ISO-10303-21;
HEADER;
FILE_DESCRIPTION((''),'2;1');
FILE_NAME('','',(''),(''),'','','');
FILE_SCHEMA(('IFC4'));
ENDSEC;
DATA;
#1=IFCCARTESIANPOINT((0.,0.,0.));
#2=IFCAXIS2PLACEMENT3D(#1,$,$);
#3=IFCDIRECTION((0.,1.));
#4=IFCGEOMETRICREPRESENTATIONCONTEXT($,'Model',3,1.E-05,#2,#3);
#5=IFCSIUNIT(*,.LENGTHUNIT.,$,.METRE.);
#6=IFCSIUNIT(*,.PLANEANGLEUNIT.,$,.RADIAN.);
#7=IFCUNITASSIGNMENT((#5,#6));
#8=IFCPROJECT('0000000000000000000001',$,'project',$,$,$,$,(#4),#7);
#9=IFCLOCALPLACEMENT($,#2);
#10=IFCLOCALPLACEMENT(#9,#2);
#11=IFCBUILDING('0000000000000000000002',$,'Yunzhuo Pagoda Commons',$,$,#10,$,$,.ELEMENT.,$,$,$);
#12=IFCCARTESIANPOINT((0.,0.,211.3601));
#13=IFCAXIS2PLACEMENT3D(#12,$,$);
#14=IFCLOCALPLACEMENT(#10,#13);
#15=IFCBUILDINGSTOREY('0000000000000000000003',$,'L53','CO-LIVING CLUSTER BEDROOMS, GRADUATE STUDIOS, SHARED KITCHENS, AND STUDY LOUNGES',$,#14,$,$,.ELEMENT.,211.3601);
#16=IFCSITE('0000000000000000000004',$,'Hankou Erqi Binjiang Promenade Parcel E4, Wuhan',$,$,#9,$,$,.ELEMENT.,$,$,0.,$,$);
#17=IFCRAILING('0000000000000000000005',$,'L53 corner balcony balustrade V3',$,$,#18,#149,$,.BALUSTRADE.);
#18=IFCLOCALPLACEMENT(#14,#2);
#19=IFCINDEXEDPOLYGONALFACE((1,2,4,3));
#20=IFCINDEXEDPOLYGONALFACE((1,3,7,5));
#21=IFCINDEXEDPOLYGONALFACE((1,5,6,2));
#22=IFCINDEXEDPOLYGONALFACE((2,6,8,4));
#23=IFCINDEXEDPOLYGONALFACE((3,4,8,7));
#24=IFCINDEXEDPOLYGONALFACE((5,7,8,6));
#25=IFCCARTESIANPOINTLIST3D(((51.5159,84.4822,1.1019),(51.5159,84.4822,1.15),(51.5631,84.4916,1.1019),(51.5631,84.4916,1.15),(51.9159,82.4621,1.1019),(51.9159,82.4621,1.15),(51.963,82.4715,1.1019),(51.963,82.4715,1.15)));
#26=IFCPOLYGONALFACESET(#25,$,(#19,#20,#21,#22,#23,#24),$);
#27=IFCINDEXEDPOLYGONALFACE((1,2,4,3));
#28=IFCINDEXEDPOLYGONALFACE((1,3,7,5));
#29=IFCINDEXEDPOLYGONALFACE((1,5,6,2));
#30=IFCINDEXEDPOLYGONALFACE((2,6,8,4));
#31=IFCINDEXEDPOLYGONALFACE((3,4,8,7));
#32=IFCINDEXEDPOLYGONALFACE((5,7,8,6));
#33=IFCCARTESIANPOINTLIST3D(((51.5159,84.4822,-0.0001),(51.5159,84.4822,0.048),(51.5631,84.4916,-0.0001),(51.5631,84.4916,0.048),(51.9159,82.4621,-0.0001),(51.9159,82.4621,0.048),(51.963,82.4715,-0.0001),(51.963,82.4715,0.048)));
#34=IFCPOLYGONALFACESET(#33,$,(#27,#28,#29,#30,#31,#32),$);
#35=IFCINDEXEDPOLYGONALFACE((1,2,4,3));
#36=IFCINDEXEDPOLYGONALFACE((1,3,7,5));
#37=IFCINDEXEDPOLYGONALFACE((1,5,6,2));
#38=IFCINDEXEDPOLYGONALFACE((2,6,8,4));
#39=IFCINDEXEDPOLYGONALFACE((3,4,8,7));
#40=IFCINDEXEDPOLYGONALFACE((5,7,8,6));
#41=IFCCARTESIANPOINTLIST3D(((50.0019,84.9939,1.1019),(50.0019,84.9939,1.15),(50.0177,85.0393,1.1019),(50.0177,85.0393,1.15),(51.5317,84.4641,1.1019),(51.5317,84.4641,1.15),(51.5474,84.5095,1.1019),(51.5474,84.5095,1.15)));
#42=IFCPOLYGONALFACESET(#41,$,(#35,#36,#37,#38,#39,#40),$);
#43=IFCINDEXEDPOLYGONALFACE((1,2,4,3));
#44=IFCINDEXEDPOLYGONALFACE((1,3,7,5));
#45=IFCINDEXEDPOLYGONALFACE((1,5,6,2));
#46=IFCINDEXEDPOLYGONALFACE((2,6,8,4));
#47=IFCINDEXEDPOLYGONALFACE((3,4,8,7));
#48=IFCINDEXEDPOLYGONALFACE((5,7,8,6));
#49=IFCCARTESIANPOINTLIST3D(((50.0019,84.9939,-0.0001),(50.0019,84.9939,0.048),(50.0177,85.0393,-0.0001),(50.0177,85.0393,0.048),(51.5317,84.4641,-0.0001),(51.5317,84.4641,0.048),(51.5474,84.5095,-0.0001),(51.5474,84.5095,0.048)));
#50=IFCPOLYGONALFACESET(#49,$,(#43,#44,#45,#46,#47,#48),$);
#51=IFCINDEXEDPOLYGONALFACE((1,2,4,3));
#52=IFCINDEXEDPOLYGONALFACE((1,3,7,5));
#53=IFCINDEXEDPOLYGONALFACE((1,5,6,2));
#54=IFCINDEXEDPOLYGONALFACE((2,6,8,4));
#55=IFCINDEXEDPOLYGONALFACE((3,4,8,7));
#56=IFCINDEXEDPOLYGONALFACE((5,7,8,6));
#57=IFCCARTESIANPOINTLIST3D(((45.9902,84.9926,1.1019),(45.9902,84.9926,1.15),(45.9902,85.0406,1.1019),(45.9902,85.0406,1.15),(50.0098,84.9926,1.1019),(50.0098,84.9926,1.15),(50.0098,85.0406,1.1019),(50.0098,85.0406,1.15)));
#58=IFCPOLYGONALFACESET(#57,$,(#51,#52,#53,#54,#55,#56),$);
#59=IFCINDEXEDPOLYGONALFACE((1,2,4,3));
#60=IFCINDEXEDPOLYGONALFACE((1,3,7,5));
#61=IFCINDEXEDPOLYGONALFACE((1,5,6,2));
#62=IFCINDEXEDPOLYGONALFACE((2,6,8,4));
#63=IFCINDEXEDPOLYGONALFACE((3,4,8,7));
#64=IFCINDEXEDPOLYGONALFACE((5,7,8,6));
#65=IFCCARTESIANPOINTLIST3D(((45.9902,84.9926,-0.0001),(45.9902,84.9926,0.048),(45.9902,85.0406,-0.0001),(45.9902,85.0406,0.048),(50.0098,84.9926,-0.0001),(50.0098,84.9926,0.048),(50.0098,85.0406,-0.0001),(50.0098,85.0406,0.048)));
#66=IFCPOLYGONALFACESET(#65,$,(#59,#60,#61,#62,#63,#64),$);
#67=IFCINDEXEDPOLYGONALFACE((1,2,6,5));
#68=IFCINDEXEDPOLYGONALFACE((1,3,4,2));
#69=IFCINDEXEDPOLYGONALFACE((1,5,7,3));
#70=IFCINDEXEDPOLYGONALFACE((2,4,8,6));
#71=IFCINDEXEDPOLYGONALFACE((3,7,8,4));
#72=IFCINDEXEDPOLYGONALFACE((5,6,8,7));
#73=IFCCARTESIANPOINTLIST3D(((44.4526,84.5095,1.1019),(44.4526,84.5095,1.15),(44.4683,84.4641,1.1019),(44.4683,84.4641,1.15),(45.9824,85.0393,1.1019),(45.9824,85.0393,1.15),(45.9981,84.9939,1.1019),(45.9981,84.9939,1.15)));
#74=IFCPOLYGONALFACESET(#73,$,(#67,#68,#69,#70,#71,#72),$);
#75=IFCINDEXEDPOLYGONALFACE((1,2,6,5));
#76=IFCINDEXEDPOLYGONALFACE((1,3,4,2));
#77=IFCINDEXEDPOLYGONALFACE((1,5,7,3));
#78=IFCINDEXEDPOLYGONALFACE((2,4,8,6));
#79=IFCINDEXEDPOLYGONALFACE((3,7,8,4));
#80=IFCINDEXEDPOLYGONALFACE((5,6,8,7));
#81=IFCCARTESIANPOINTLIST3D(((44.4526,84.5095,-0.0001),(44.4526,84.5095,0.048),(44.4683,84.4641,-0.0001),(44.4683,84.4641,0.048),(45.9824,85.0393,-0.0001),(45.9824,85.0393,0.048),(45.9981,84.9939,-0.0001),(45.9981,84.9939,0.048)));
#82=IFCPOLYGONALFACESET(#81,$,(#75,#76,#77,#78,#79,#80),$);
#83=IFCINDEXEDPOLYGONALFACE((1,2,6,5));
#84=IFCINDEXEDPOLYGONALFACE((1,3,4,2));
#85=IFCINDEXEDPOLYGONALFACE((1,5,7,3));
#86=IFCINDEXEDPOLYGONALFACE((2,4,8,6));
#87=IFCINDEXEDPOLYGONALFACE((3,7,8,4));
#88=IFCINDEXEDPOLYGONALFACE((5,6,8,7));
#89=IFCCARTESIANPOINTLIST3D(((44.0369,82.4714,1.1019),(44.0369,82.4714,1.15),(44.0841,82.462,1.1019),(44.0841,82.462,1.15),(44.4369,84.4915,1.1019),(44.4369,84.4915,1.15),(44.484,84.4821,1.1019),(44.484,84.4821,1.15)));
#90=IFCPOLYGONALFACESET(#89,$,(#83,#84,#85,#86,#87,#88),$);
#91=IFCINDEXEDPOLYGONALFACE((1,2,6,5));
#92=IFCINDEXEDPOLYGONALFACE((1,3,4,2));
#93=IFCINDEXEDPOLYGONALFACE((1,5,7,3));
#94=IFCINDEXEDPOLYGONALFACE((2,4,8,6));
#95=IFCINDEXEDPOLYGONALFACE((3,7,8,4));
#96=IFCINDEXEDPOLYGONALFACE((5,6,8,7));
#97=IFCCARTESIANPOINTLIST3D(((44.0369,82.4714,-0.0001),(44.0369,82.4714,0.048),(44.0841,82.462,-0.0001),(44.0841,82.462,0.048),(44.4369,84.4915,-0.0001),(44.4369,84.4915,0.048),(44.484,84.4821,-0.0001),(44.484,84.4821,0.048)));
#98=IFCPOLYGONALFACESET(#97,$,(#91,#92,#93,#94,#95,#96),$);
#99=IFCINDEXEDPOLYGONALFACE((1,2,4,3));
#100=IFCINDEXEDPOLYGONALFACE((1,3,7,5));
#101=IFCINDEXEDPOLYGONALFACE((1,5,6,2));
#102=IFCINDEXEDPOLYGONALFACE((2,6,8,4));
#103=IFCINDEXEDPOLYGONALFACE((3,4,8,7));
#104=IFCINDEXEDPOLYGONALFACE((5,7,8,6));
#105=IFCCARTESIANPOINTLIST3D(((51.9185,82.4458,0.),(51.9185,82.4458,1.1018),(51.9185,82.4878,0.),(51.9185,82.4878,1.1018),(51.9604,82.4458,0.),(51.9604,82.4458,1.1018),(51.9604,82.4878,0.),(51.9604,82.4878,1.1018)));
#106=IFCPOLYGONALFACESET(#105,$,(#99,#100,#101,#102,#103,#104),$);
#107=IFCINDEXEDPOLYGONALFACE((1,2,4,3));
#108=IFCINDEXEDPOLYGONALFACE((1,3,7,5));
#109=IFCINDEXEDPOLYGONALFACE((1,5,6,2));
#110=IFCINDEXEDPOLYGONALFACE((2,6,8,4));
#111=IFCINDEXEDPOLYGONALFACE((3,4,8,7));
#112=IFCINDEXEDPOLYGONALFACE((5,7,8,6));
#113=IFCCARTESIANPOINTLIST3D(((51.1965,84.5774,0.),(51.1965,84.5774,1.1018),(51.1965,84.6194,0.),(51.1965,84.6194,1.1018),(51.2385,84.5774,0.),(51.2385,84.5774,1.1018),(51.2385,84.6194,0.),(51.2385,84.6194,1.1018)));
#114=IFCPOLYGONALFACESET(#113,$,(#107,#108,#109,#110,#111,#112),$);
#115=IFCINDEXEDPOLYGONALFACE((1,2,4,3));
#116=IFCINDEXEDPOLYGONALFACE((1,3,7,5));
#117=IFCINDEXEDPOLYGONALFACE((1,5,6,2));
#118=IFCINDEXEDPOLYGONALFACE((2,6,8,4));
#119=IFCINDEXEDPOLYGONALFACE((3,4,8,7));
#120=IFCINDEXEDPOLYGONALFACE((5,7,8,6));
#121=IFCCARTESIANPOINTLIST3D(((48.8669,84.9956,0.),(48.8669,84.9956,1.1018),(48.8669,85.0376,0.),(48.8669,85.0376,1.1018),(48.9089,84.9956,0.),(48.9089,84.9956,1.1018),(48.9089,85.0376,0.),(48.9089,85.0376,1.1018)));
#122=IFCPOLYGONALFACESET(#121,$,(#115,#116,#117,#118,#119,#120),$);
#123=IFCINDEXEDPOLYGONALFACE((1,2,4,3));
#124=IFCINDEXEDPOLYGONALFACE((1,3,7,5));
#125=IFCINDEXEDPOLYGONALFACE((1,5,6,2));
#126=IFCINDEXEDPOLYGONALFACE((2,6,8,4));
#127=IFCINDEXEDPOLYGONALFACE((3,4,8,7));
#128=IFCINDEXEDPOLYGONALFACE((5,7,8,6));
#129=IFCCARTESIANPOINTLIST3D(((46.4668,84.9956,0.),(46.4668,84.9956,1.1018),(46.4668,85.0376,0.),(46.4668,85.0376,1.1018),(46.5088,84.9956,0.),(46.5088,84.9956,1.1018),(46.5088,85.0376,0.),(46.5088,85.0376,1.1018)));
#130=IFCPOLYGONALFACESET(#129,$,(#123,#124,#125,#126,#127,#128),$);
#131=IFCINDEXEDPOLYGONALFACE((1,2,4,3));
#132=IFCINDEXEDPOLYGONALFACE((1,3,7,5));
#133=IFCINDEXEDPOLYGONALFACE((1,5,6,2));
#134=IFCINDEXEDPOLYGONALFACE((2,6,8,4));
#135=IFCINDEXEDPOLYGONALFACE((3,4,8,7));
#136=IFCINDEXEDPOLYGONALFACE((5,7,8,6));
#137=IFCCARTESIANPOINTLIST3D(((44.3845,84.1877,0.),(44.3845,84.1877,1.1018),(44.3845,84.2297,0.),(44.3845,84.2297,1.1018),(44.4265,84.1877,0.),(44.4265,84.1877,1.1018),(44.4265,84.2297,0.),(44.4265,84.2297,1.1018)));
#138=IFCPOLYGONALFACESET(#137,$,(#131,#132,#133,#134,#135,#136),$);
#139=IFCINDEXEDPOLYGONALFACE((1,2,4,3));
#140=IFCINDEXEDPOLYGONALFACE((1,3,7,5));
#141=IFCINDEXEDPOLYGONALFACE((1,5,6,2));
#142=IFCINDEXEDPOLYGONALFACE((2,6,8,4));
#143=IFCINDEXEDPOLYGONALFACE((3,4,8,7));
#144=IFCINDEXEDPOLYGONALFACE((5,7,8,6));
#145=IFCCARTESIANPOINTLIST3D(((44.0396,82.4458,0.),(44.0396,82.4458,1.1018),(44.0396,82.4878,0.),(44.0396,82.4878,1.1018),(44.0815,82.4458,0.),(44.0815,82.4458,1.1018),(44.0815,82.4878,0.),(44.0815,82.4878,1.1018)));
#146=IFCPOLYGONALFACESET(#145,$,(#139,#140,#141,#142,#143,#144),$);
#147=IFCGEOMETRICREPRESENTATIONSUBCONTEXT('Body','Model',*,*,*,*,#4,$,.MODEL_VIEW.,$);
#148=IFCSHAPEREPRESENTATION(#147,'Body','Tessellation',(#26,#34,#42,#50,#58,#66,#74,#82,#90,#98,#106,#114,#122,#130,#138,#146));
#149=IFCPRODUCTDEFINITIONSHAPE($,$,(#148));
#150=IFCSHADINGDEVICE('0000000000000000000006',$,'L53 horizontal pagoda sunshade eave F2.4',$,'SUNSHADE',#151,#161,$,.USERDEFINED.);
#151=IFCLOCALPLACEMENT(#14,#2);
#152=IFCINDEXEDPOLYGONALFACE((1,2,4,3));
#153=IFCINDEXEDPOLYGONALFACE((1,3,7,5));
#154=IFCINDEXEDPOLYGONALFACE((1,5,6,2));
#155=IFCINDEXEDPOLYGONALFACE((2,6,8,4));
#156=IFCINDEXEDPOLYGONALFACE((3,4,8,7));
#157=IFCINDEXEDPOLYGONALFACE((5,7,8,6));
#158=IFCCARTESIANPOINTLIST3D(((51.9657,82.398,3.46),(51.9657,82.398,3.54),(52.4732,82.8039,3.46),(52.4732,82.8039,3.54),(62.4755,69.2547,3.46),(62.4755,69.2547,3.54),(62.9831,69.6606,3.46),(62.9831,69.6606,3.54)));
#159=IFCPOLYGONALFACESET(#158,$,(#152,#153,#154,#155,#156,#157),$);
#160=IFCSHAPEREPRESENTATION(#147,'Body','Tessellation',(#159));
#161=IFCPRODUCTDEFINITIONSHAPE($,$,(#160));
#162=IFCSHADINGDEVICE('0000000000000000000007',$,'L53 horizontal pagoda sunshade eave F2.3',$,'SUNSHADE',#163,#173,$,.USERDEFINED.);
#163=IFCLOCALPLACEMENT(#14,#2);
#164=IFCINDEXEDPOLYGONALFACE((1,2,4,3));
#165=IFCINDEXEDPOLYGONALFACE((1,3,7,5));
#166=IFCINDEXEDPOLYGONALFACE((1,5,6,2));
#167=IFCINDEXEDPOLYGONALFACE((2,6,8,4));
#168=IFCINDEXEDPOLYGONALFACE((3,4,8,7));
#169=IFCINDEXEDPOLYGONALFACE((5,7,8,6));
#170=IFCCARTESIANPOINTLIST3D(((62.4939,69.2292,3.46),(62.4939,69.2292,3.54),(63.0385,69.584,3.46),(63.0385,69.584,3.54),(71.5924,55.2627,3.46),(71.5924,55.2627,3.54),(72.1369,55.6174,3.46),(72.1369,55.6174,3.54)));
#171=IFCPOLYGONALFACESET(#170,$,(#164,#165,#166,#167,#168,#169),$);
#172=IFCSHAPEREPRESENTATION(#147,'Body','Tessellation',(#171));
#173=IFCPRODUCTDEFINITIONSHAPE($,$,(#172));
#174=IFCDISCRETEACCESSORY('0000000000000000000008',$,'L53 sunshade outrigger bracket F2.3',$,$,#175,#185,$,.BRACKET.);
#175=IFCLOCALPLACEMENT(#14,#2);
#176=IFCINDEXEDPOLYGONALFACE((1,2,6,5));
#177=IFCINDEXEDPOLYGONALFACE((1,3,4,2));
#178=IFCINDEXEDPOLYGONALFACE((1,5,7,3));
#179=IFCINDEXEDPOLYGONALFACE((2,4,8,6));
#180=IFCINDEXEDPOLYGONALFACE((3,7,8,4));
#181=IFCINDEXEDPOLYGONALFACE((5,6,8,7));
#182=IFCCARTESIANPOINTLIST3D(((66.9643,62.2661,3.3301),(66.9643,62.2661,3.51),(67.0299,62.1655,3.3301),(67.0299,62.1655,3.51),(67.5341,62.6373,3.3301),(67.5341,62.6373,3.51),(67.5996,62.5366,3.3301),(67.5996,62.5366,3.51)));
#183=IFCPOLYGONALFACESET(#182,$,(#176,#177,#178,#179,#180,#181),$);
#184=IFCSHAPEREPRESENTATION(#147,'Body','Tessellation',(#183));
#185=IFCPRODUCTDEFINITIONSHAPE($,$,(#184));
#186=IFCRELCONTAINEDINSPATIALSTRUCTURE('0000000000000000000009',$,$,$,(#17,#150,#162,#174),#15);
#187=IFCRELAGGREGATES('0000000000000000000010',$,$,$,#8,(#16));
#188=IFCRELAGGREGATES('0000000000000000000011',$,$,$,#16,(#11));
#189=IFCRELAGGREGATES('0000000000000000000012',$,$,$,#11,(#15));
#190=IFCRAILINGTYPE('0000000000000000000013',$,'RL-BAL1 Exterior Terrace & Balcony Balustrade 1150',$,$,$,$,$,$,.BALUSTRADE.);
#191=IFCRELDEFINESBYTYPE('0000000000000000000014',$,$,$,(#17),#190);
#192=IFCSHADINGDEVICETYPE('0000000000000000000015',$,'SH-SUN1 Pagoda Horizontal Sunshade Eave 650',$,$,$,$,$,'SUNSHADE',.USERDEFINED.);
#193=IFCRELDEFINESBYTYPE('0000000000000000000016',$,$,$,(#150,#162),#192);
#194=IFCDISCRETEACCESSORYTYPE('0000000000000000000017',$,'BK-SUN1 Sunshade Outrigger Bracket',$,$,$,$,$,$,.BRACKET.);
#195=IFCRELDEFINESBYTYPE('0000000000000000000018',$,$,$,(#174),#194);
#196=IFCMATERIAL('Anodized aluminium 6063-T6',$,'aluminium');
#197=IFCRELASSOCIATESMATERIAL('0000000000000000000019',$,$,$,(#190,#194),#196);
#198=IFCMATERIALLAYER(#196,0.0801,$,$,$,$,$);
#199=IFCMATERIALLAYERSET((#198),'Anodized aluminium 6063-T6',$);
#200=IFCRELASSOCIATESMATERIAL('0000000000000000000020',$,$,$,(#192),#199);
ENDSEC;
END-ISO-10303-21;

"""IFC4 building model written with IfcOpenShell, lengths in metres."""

from ifc_helpers import new_model, si_unit, direction, frame, origin, origin_2d, place, context, subcontext, project, spatial, rectangle, extrude, source, transform, mapped, material, layer, layer_set, type_object, element, save


model = new_model("IFC4")

# Units and contexts
model_context = context("Model", 3, precision=1e-05, world=origin(), true_north=direction((0.0, 1.0)))
body_context = subcontext(model_context, "Body", "Model", "MODEL_VIEW")
ifc_project = project(units=[si_unit("LENGTHUNIT", "METRE"), si_unit("PLANEANGLEUNIT", "RADIAN")], contexts=[model_context])

# Site, building, storey
site_placement = place(None, origin())
site = spatial("IfcSite", under=ifc_project, at=site_placement, Name="Hankou Erqi Binjiang Promenade Parcel E4, Wuhan", CompositionType="ELEMENT", RefElevation=0.0)
building_placement = place(site_placement, origin())
building = spatial("IfcBuilding", under=site, at=building_placement, Name="Yunzhuo Pagoda Commons", CompositionType="ELEMENT")
storey_placement = place(building_placement, frame((0.0, 0.0, 211.3601)))
storey = spatial("IfcBuildingStorey", under=building, at=storey_placement, Name="L53", Description="CO-LIVING CLUSTER BEDROOMS, GRADUATE STUDIOS, SHARED KITCHENS, AND STUDY LOUNGES", CompositionType="ELEMENT", Elevation=211.3601)

# Shared definitions
ifc_material_1 = material(Name="Anodized aluminium 6063-T6", Category="aluminium")

# Railing
railing_type_1 = type_object("IfcRailingType", Name="RL-BAL1 Exterior Terrace & Balcony Balustrade 1150", PredefinedType="BALUSTRADE", material=ifc_material_1)
railing_1_placement = place(storey_placement, frame((51.9395, 82.4668, 0.0)))
element("IfcRailing", 1, at=railing_1_placement, inside=storey, type_object=railing_type_1, Name="L53 corner balcony balustrade V3", PredefinedType="BALUSTRADE", context=body_context, shape_type="SweptSolid", body=[
    extrude(rectangle(XDim=0.0481, YDim=0.0481, at=origin_2d()), frame((0.0, 0.0, 1.126), z_axis=(-0.194201, 0.980962, 0.0), x_axis=(-0.980962, -0.194201, 0.0)), (0.0, 0.0, 1.0), 2.0593),
    extrude(rectangle(XDim=0.0481, YDim=0.0481, at=origin_2d()), frame((0.0, 0.0, 0.0239), z_axis=(-0.194201, 0.980962, 0.0), x_axis=(-0.980962, -0.194201, 0.0)), (0.0, 0.0, 1.0), 2.0593),
    extrude(rectangle(XDim=0.0481, YDim=0.0481, at=origin_2d()), frame((-0.3999, 2.02, 1.126), z_axis=(-0.944939, 0.327245, 0.0), x_axis=(-0.327245, -0.944939, 0.0)), (0.0, 0.0, 1.0), 1.6189),
    extrude(rectangle(XDim=0.0481, YDim=0.0481, at=origin_2d()), frame((-0.3999, 2.02, 0.0239), z_axis=(-0.944939, 0.327245, 0.0), x_axis=(-0.327245, -0.944939, 0.0)), (0.0, 0.0, 1.0), 1.6189),
    extrude(rectangle(XDim=0.0481, YDim=0.0481, at=origin_2d()), frame((-1.9297, 2.5498, 1.126), z_axis=(-1.0, 0.0, 0.0), x_axis=(0.0, -1.0, 0.0)), (0.0, 0.0, 1.0), 4.0195),
    extrude(rectangle(XDim=0.0481, YDim=0.0481, at=origin_2d()), frame((-1.9297, 2.5498, 0.0239), z_axis=(-1.0, 0.0, 0.0), x_axis=(0.0, -1.0, 0.0)), (0.0, 0.0, 1.0), 4.0195),
    extrude(rectangle(XDim=0.0481, YDim=0.0481, at=origin_2d()), frame((-5.9492, 2.5498, 1.126), z_axis=(-0.944939, -0.327245, 0.0), x_axis=(0.327245, -0.944939, 0.0)), (0.0, 0.0, 1.0), 1.6189),
    extrude(rectangle(XDim=0.0481, YDim=0.0481, at=origin_2d()), frame((-5.9492, 2.5498, 0.0239), z_axis=(-0.944939, -0.327245, 0.0), x_axis=(0.327245, -0.944939, 0.0)), (0.0, 0.0, 1.0), 1.6189),
    extrude(rectangle(XDim=0.0481, YDim=0.0481, at=origin_2d()), frame((-7.479, 2.02, 1.126), z_axis=(-0.194201, -0.980962, 0.0), x_axis=(0.980962, -0.194201, 0.0)), (0.0, 0.0, 1.0), 2.0593),
    extrude(rectangle(XDim=0.0481, YDim=0.0481, at=origin_2d()), frame((-7.479, 2.02, 0.0239), z_axis=(-0.194201, -0.980962, 0.0), x_axis=(0.980962, -0.194201, 0.0)), (0.0, 0.0, 1.0), 2.0593),
    extrude(rectangle(XDim=0.042, YDim=0.042, at=origin_2d()), origin(), (0.0, 0.0, 1.0), 1.1018),
    extrude(rectangle(XDim=0.042, YDim=0.042, at=origin_2d()), frame((-0.7219, 2.1316, 0.0)), (0.0, 0.0, 1.0), 1.1018),
    extrude(rectangle(XDim=0.042, YDim=0.042, at=origin_2d()), frame((-3.0515, 2.5498, 0.0)), (0.0, 0.0, 1.0), 1.1018),
    extrude(rectangle(XDim=0.042, YDim=0.042, at=origin_2d()), frame((-5.4517, 2.5498, 0.0)), (0.0, 0.0, 1.0), 1.1018),
    extrude(rectangle(XDim=0.042, YDim=0.042, at=origin_2d()), frame((-7.5339, 1.7419, 0.0)), (0.0, 0.0, 1.0), 1.1018),
    extrude(rectangle(XDim=0.042, YDim=0.042, at=origin_2d()), frame((-7.8789, 0.0, 0.0)), (0.0, 0.0, 1.0), 1.1018),
])

# Shading devices
ifc_layer_1 = layer(ifc_material_1, 0.0801)
ifc_layer_set_1 = layer_set([ifc_layer_1], Name="Anodized aluminium 6063-T6")
shading_device_type = type_object("IfcShadingDeviceType", Name="SH-SUN1 Pagoda Horizontal Sunshade Eave 650", ElementType="SUNSHADE", PredefinedType="USERDEFINED", material=ifc_layer_set_1)
shared_shape_1 = source(origin(), body_context, "Body", "SweptSolid", [
    extrude(rectangle(XDim=16.8286, YDim=0.6499, at=origin_2d()), origin(), (0.0, 0.0, 1.0), 0.0801),
])
shading_device_1_placement = place(storey_placement, frame((57.4744, 76.0293, 3.46), z_axis=(0.0, 0.0, 1.0), x_axis=(-0.62452, 0.781008, 0.0)))
element("IfcShadingDevice", 2, at=shading_device_1_placement, inside=storey, type_object=shading_device_type, Name="L53 horizontal pagoda sunshade eave F2.4", ObjectType="SUNSHADE", PredefinedType="USERDEFINED", context=body_context, shape_type="MappedRepresentation", body=[
    mapped(shared_shape_1, transform((0.0, 0.0, 0.0), scale=1.0)),
])
shared_shape_2 = source(origin(), body_context, "Body", "SweptSolid", [
    extrude(rectangle(XDim=16.6687, YDim=0.6499, at=origin_2d()), origin(), (0.0, 0.0, 1.0), 0.0801),
])
shading_device_2_placement = place(storey_placement, frame((67.3154, 62.4233, 3.46), z_axis=(0.0, 0.0, 1.0), x_axis=(-0.545839, 0.83789, 0.0)))
element("IfcShadingDevice", 3, at=shading_device_2_placement, inside=storey, type_object=shading_device_type, Name="L53 horizontal pagoda sunshade eave F2.3", ObjectType="SUNSHADE", PredefinedType="USERDEFINED", context=body_context, shape_type="MappedRepresentation", body=[
    mapped(shared_shape_2, transform((0.0, 0.0, 0.0), scale=1.0)),
])

# Discrete accessory
discrete_accessory_type = type_object("IfcDiscreteAccessoryType", Name="BK-SUN1 Sunshade Outrigger Bracket", PredefinedType="BRACKET", material=ifc_material_1)
shared_shape_3 = source(origin(), body_context, "Body", "SweptSolid", [
    extrude(rectangle(XDim=0.1201, YDim=0.6799, at=origin_2d()), origin(), (0.0, 0.0, 1.0), 0.1799),
])
discrete_accessory_placement = place(storey_placement, frame((67.282, 62.4014, 3.3301), z_axis=(0.0, 0.0, 1.0), x_axis=(-0.545839, 0.83789, 0.0)))
element("IfcDiscreteAccessory", 4, at=discrete_accessory_placement, inside=storey, type_object=discrete_accessory_type, Name="L53 sunshade outrigger bracket F2.3", PredefinedType="BRACKET", context=body_context, shape_type="MappedRepresentation", body=[
    mapped(shared_shape_3, transform((0.0, 0.0, 0.0), scale=1.0)),
])

save(model, "model.ifc")
